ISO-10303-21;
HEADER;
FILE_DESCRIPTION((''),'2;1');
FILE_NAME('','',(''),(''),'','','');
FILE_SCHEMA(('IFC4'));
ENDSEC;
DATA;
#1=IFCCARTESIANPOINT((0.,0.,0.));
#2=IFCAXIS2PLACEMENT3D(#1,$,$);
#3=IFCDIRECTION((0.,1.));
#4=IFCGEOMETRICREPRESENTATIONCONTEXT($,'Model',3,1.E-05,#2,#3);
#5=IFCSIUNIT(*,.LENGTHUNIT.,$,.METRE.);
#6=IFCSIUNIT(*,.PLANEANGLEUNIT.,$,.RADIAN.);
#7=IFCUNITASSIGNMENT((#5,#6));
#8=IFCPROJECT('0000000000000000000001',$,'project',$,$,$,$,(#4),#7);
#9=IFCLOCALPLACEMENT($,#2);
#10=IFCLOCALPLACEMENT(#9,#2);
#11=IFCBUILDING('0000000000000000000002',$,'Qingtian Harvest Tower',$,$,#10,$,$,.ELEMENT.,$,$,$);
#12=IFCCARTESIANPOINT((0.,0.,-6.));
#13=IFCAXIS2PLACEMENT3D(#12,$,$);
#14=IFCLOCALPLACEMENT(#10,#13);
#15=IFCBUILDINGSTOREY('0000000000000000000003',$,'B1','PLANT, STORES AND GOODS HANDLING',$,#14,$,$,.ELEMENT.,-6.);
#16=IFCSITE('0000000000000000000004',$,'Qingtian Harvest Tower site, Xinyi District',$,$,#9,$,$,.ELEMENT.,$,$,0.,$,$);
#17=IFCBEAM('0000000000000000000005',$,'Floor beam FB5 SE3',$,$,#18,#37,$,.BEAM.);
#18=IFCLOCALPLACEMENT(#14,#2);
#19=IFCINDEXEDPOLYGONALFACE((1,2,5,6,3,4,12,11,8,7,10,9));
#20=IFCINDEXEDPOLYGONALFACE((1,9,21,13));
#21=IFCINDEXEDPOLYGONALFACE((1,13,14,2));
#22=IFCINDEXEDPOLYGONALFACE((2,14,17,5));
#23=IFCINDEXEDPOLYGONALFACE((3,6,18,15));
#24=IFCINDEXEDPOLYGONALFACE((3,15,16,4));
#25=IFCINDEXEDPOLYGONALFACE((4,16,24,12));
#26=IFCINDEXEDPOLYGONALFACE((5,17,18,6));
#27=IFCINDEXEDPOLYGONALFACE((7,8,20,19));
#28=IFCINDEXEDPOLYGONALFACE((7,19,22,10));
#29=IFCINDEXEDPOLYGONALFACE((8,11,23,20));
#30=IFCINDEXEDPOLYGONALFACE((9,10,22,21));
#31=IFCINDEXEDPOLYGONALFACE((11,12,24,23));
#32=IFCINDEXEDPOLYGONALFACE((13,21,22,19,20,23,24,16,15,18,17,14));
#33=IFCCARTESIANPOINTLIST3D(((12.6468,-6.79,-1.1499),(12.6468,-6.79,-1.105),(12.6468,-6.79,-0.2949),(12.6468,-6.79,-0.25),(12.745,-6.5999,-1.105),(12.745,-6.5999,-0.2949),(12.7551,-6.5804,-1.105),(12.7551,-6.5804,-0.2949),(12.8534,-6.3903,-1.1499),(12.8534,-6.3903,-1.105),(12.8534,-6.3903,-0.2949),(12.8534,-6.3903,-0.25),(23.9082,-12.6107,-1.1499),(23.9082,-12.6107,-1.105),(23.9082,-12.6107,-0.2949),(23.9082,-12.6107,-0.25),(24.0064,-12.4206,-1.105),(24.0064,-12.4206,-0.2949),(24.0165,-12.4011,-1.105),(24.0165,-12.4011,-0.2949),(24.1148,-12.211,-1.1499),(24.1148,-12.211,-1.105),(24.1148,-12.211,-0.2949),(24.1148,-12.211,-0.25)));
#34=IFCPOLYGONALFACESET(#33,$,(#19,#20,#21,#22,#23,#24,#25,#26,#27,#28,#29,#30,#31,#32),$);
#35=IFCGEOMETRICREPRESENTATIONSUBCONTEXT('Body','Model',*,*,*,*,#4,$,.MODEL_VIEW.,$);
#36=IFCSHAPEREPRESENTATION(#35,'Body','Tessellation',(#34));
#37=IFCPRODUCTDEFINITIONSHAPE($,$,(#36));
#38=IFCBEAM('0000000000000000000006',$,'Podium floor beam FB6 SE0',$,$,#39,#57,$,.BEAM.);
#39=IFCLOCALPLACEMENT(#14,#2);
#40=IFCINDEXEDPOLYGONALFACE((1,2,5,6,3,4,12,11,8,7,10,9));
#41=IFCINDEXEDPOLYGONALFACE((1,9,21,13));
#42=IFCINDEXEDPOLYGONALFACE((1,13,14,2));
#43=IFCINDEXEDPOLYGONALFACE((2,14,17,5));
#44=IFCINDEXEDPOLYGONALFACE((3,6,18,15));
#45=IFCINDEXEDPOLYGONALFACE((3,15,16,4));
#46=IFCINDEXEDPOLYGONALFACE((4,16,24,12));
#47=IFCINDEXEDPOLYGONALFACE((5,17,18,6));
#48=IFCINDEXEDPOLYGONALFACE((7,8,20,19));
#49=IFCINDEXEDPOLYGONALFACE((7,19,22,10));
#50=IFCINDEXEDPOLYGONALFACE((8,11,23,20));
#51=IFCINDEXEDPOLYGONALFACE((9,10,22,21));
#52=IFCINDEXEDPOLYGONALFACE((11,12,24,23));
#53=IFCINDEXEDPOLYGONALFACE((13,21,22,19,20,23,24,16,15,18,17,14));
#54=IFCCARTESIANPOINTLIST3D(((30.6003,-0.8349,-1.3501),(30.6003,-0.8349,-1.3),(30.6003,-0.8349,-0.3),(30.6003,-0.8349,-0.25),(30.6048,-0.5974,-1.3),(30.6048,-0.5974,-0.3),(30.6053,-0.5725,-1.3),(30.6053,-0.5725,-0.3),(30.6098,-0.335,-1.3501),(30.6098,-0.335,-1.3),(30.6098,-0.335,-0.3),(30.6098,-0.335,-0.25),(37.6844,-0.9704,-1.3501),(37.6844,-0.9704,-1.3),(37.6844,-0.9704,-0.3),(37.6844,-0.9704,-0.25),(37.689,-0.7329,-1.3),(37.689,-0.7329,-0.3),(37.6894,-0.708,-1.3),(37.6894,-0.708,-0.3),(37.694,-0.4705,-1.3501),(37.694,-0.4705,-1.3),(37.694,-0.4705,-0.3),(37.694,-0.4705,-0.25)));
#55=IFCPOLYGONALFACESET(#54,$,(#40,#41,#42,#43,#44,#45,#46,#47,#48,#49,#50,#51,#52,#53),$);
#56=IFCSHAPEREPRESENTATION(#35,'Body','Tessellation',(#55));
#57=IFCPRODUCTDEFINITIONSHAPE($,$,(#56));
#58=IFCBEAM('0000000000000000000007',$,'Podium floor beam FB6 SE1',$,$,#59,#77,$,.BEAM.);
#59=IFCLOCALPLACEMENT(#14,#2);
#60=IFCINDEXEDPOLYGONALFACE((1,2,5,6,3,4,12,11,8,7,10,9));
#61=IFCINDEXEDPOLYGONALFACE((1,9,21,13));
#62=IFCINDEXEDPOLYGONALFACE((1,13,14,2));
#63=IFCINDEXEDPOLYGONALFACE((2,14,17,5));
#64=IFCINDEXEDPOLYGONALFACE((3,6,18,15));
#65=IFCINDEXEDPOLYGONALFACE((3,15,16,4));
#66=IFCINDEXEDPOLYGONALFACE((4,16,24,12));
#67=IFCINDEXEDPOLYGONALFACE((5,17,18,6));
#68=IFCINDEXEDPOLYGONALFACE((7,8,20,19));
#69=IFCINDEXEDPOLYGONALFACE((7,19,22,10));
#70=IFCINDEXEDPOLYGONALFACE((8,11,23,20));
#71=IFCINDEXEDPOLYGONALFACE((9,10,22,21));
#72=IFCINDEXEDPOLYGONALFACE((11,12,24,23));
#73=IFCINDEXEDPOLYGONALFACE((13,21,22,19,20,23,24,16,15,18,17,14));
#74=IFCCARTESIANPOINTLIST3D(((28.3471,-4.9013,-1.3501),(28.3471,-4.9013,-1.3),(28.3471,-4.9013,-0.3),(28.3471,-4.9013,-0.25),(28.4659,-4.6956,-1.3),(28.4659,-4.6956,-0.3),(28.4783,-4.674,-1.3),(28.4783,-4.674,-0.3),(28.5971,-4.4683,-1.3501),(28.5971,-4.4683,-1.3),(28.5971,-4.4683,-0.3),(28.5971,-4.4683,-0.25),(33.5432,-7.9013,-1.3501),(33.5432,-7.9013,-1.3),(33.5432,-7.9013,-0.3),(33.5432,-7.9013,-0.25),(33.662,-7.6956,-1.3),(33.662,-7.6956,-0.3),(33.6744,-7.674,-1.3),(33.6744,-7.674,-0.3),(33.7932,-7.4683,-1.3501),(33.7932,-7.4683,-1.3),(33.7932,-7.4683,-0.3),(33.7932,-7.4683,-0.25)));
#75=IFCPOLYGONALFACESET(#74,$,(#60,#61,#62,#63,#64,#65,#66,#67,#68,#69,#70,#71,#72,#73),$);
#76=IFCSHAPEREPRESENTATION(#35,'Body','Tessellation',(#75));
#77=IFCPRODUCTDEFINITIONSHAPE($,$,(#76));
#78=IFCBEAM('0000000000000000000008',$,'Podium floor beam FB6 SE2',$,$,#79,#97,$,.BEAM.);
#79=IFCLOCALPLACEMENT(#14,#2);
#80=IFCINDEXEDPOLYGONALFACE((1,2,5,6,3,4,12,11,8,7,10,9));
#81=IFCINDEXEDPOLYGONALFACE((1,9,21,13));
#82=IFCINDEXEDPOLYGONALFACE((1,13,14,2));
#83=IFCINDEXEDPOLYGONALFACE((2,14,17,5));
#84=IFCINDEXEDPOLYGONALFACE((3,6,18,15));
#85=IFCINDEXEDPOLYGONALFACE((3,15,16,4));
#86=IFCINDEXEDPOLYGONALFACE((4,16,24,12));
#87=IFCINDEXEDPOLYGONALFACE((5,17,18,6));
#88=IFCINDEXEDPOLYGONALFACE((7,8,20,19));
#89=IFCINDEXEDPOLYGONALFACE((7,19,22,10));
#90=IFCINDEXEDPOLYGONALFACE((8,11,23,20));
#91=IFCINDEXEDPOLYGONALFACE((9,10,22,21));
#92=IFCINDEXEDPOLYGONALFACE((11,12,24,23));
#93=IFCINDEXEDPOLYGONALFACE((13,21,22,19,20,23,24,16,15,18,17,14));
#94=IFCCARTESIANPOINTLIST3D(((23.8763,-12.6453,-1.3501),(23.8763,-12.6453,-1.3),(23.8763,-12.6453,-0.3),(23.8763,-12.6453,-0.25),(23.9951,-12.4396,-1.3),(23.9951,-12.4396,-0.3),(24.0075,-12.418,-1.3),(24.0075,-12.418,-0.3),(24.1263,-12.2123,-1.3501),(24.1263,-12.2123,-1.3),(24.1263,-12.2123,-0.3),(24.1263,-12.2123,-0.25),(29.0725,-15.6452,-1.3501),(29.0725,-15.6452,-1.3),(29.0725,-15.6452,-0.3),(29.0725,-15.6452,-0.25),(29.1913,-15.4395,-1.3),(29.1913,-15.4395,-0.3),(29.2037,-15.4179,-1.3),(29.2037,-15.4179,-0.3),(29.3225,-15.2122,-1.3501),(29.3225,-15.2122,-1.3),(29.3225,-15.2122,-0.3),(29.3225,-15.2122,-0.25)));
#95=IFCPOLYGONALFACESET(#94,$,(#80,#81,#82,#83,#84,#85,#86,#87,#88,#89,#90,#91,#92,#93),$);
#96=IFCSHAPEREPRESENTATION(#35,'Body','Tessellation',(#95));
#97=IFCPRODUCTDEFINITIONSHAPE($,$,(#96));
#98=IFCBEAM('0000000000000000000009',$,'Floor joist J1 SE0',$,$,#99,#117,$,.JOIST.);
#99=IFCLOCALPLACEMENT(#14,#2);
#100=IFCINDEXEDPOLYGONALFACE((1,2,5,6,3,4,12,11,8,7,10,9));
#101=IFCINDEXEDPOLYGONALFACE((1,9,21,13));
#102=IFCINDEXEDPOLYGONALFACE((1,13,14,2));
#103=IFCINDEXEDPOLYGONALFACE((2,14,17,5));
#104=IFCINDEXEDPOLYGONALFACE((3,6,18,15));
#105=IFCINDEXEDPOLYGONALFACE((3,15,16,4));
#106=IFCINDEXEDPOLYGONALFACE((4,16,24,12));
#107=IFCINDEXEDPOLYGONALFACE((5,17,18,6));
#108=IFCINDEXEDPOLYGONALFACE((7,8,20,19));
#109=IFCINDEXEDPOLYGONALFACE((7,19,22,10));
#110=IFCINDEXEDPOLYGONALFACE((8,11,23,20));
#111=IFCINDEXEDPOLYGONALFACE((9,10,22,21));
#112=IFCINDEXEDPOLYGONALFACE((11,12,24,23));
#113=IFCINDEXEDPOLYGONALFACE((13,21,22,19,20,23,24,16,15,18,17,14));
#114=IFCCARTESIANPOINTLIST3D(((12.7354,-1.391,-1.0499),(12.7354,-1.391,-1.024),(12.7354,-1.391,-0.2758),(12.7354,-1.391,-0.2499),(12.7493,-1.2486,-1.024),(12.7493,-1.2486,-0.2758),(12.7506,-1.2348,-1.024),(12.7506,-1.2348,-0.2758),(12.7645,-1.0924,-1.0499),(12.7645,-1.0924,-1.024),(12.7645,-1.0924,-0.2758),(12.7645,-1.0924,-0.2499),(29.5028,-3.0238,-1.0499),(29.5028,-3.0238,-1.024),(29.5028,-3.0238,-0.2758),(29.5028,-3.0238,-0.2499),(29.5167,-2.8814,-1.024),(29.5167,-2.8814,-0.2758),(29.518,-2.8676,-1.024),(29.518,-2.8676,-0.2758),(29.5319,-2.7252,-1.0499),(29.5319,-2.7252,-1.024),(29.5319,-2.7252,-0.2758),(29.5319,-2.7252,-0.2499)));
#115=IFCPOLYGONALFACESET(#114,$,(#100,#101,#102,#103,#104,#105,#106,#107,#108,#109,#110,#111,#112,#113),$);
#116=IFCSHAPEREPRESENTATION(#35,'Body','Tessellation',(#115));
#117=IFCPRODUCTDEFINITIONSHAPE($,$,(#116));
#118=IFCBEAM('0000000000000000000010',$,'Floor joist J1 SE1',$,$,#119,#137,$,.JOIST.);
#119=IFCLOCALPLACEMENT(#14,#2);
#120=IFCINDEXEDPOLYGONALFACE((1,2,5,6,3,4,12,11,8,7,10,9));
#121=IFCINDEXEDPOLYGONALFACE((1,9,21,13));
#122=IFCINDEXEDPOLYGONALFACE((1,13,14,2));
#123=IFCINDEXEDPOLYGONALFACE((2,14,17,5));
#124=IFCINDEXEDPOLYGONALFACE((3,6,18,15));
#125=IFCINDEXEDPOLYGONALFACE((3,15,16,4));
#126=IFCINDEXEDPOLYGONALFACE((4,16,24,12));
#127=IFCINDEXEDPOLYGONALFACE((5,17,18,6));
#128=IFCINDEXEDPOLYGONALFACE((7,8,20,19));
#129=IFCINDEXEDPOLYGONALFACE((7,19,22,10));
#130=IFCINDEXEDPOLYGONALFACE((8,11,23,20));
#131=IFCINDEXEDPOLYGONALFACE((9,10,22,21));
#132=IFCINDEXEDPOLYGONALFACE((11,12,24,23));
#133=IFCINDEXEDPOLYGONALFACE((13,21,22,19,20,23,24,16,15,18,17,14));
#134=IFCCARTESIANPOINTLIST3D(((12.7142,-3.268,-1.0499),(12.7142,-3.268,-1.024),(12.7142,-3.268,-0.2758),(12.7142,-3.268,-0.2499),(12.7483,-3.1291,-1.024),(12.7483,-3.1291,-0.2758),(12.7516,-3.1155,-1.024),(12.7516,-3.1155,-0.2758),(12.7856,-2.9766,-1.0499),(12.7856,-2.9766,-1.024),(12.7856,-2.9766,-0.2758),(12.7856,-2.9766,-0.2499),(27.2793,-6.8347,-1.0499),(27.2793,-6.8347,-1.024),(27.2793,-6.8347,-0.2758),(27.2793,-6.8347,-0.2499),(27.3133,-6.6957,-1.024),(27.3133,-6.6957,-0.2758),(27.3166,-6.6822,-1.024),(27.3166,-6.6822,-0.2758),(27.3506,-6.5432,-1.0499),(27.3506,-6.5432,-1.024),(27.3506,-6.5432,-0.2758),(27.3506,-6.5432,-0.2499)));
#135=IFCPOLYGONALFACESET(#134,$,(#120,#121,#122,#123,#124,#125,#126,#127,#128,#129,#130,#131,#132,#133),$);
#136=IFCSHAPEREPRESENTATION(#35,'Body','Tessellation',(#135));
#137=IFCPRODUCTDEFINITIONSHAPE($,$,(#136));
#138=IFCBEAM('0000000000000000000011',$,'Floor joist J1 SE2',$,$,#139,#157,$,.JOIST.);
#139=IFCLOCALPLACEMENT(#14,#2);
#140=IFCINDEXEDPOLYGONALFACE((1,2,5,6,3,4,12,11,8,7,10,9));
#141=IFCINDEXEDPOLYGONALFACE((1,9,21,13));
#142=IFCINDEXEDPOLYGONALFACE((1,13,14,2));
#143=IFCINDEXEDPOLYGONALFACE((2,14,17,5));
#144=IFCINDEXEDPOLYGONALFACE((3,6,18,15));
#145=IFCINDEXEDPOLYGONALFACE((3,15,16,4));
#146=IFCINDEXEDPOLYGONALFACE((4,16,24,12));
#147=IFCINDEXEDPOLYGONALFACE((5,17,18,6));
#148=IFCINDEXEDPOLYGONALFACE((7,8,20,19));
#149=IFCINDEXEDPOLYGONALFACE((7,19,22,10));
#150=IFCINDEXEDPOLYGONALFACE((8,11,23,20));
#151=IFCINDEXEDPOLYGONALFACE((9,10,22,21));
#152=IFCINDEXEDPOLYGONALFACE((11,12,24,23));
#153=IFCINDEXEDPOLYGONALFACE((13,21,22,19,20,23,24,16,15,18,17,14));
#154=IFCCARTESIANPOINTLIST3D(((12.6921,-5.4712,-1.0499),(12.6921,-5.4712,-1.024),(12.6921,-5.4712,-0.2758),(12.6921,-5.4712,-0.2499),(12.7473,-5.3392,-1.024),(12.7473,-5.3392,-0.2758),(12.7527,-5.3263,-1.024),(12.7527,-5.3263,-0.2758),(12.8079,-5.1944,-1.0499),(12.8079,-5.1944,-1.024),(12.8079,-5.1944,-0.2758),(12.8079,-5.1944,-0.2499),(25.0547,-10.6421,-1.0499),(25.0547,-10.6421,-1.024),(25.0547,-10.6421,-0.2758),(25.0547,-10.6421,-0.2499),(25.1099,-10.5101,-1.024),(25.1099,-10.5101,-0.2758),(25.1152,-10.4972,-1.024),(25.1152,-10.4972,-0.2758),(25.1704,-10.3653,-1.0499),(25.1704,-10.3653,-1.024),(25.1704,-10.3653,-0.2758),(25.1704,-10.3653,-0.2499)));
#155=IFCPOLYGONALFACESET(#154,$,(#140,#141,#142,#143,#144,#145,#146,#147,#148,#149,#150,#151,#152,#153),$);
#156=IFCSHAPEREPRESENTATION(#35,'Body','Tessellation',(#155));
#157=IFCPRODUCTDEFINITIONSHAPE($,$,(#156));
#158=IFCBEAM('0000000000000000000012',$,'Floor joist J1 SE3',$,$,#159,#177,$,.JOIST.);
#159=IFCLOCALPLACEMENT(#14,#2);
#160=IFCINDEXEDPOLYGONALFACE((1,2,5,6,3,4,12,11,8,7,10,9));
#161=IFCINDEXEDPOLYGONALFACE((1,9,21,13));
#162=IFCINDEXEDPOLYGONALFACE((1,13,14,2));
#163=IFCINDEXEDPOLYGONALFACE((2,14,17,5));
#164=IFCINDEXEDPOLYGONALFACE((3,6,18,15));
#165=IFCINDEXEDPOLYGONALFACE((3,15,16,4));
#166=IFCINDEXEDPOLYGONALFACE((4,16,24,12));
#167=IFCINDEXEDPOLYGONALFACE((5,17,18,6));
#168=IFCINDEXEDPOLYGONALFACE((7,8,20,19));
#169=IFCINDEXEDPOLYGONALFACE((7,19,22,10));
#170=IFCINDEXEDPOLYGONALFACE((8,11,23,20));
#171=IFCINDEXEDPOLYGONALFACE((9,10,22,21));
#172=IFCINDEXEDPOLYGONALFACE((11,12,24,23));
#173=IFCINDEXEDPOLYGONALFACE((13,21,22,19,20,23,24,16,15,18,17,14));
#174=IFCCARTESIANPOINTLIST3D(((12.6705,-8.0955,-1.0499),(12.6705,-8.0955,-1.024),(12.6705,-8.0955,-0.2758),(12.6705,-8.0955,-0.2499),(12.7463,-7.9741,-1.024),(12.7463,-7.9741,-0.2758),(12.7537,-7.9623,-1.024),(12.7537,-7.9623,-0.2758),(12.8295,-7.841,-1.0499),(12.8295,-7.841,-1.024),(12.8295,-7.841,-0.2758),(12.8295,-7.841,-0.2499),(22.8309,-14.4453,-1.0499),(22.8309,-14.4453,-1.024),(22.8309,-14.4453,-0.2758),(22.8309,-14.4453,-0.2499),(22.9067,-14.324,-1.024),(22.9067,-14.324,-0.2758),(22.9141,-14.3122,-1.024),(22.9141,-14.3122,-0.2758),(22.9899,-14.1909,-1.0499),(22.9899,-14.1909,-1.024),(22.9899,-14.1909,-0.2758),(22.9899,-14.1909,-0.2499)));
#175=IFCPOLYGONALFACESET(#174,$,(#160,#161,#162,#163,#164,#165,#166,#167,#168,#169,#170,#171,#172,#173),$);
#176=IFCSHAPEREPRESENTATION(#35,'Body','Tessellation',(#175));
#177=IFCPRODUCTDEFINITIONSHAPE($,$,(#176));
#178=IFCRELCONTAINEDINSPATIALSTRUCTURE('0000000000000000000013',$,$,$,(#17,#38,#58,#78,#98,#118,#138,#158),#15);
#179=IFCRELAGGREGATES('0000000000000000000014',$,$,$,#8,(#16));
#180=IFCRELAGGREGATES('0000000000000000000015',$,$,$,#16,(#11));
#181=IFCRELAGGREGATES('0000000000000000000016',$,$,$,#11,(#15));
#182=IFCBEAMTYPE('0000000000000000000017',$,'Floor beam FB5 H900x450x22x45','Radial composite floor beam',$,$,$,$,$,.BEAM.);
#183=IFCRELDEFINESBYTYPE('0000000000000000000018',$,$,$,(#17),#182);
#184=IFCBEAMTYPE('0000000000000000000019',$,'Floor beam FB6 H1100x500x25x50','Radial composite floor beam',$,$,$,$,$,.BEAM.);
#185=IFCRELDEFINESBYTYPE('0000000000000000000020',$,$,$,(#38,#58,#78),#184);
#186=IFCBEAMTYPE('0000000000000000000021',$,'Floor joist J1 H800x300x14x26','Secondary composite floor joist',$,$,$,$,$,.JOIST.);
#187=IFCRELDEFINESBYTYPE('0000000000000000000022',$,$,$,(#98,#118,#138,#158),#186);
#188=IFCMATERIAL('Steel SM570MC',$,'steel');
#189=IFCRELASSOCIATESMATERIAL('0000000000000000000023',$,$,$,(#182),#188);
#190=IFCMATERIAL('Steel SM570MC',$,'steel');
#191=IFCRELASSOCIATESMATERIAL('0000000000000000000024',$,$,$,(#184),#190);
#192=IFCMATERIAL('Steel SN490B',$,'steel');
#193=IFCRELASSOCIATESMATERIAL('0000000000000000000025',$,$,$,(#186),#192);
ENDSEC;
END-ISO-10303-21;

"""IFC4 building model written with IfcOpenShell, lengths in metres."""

from ifc_helpers import new_model, si_unit, direction, frame, origin, origin_2d, place, context, subcontext, project, spatial, i_section, extrude, material, material_profile, profile_set, type_object, element, save


model = new_model("IFC4")

# Units and contexts
model_context = context("Model", 3, precision=1e-05, world=origin(), true_north=direction((0.0, 1.0)))
body_context = subcontext(model_context, "Body", "Model", "MODEL_VIEW")
ifc_project = project(units=[si_unit("LENGTHUNIT", "METRE"), si_unit("PLANEANGLEUNIT", "RADIAN")], contexts=[model_context])

# Site, building, storey
site_placement = place(None, origin())
site = spatial("IfcSite", under=ifc_project, at=site_placement, Name="Qingtian Harvest Tower site, Xinyi District", CompositionType="ELEMENT", RefElevation=0.0)
building_placement = place(site_placement, origin())
building = spatial("IfcBuilding", under=site, at=building_placement, Name="Qingtian Harvest Tower", CompositionType="ELEMENT")
storey_placement = place(building_placement, frame((0.0, 0.0, -6.0)))
storey = spatial("IfcBuildingStorey", under=building, at=storey_placement, Name="B1", Description="PLANT, STORES AND GOODS HANDLING", CompositionType="ELEMENT", Elevation=-6.0)

# Beams
ifc_material_1 = material(Name="Steel SM570MC", Category="steel")
ifc_material_profile_1 = material_profile(ifc_material_1, i_section(OverallWidth=0.45, OverallDepth=0.8999, WebThickness=0.022, FlangeThickness=0.0449, at=origin_2d()), Name="H900x450x22x45")
ifc_profile_set_1 = profile_set([ifc_material_profile_1], Name="Steel SM570MC")
beam_type_1 = type_object("IfcBeamType", Name="Floor beam FB5 H900x450x22x45", Description="Radial composite floor beam", PredefinedType="BEAM", material=ifc_profile_set_1)
beam_1_placement = place(storey_placement, frame((24.0115, -12.4109, -0.7), z_axis=(-0.88835, 0.459168, 0.0), x_axis=(-0.459168, -0.88835, 0.0)))
element("IfcBeam", 1, at=beam_1_placement, inside=storey, type_object=beam_type_1, Name="Floor beam FB5 SE3", PredefinedType="BEAM", context=body_context, shape_type="SweptSolid", body=[
    extrude(i_section(OverallWidth=0.45, OverallDepth=0.8999, WebThickness=0.022, FlangeThickness=0.0449, at=origin_2d()), origin(), (0.0, 0.0, 1.0), 12.6768),
])
ifc_material_2 = material(Name="Steel SM570MC", Category="steel")
ifc_material_profile_2 = material_profile(ifc_material_2, i_section(OverallWidth=0.5, OverallDepth=1.1001, WebThickness=0.0249, FlangeThickness=0.05, at=origin_2d()), Name="H1100x500x25x50")
ifc_profile_set_2 = profile_set([ifc_material_profile_2], Name="Steel SM570MC")
beam_type_2 = type_object("IfcBeamType", Name="Floor beam FB6 H1100x500x25x50", Description="Radial composite floor beam", PredefinedType="BEAM", material=ifc_profile_set_2)
beam_2_placement = place(storey_placement, frame((37.6892, -0.7205, -0.8), z_axis=(-0.999817, 0.019123, 0.0), x_axis=(-0.019123, -0.999817, 0.0)))
element("IfcBeam", 2, at=beam_2_placement, inside=storey, type_object=beam_type_2, Name="Podium floor beam FB6 SE0", PredefinedType="BEAM", context=body_context, shape_type="SweptSolid", body=[
    extrude(i_section(OverallWidth=0.5, OverallDepth=1.1001, WebThickness=0.0249, FlangeThickness=0.05, at=origin_2d()), origin(), (0.0, 0.0, 1.0), 7.0854),
])
for number, where, z_axis, x_axis, name in (
    (3, (33.6682, -7.6848, -0.8), (-0.866021, 0.500008, 0.0), (-0.500008, -0.866021, 0.0), "Podium floor beam FB6 SE1"),
    (4, (29.1975, -15.4287, -0.8), (-0.866031, 0.49999, 0.0), (-0.49999, -0.866031, 0.0), "Podium floor beam FB6 SE2"),
):
    element("IfcBeam", number, at=place(storey_placement, frame(where, z_axis=z_axis, x_axis=x_axis)), inside=storey, type_object=beam_type_2, Name=name, PredefinedType="BEAM", context=body_context, shape_type="SweptSolid", body=[
        extrude(i_section(OverallWidth=0.5, OverallDepth=1.1001, WebThickness=0.0249, FlangeThickness=0.05, at=origin_2d()), origin(), (0.0, 0.0, 1.0), 6.0),
    ])
ifc_material_3 = material(Name="Steel SN490B", Category="steel")
ifc_material_profile_3 = material_profile(ifc_material_3, i_section(OverallWidth=0.3, OverallDepth=0.8, WebThickness=0.0139, FlangeThickness=0.0259, at=origin_2d()), Name="H800x300x14x26")
ifc_profile_set_3 = profile_set([ifc_material_profile_3], Name="Steel SN490B")
beam_type_3 = type_object("IfcBeamType", Name="Floor joist J1 H800x300x14x26", Description="Secondary composite floor joist", PredefinedType="JOIST", material=ifc_profile_set_3)
beam_3_placement = place(storey_placement, frame((29.5173, -2.8745, -0.6499), z_axis=(-0.995292, 0.096922, 0.0), x_axis=(-0.096922, -0.995292, 0.0)))
element("IfcBeam", 5, at=beam_3_placement, inside=storey, type_object=beam_type_3, Name="Floor joist J1 SE0", PredefinedType="JOIST", context=body_context, shape_type="SweptSolid", body=[
    extrude(i_section(OverallWidth=0.3, OverallDepth=0.8, WebThickness=0.0139, FlangeThickness=0.0259, at=origin_2d()), origin(), (0.0, 0.0, 1.0), 16.8467),
])
beam_4_placement = place(storey_placement, frame((27.3149, -6.689, -0.6499), z_axis=(-0.971302, 0.237851, 0.0), x_axis=(-0.237851, -0.971302, 0.0)))
element("IfcBeam", 6, at=beam_4_placement, inside=storey, type_object=beam_type_3, Name="Floor joist J1 SE1", PredefinedType="JOIST", context=body_context, shape_type="SweptSolid", body=[
    extrude(i_section(OverallWidth=0.3, OverallDepth=0.8, WebThickness=0.0139, FlangeThickness=0.0259, at=origin_2d()), origin(), (0.0, 0.0, 1.0), 14.9954),
])
beam_5_placement = place(storey_placement, frame((25.1125, -10.5037, -0.6499), z_axis=(-0.922551, 0.385876, 0.0), x_axis=(-0.385876, -0.922551, 0.0)))
element("IfcBeam", 7, at=beam_5_placement, inside=storey, type_object=beam_type_3, Name="Floor joist J1 SE2", PredefinedType="JOIST", context=body_context, shape_type="SweptSolid", body=[
    extrude(i_section(OverallWidth=0.3, OverallDepth=0.8, WebThickness=0.0139, FlangeThickness=0.0259, at=origin_2d()), origin(), (0.0, 0.0, 1.0), 13.4004),
])
beam_6_placement = place(storey_placement, frame((22.9104, -14.3181, -0.6499), z_axis=(-0.848013, 0.529975, 0.0), x_axis=(-0.529975, -0.848013, 0.0)))
element("IfcBeam", 8, at=beam_6_placement, inside=storey, type_object=beam_type_3, Name="Floor joist J1 SE3", PredefinedType="JOIST", context=body_context, shape_type="SweptSolid", body=[
    extrude(i_section(OverallWidth=0.3, OverallDepth=0.8, WebThickness=0.0139, FlangeThickness=0.0259, at=origin_2d()), origin(), (0.0, 0.0, 1.0), 11.9814),
])

save(model, "model.ifc")
